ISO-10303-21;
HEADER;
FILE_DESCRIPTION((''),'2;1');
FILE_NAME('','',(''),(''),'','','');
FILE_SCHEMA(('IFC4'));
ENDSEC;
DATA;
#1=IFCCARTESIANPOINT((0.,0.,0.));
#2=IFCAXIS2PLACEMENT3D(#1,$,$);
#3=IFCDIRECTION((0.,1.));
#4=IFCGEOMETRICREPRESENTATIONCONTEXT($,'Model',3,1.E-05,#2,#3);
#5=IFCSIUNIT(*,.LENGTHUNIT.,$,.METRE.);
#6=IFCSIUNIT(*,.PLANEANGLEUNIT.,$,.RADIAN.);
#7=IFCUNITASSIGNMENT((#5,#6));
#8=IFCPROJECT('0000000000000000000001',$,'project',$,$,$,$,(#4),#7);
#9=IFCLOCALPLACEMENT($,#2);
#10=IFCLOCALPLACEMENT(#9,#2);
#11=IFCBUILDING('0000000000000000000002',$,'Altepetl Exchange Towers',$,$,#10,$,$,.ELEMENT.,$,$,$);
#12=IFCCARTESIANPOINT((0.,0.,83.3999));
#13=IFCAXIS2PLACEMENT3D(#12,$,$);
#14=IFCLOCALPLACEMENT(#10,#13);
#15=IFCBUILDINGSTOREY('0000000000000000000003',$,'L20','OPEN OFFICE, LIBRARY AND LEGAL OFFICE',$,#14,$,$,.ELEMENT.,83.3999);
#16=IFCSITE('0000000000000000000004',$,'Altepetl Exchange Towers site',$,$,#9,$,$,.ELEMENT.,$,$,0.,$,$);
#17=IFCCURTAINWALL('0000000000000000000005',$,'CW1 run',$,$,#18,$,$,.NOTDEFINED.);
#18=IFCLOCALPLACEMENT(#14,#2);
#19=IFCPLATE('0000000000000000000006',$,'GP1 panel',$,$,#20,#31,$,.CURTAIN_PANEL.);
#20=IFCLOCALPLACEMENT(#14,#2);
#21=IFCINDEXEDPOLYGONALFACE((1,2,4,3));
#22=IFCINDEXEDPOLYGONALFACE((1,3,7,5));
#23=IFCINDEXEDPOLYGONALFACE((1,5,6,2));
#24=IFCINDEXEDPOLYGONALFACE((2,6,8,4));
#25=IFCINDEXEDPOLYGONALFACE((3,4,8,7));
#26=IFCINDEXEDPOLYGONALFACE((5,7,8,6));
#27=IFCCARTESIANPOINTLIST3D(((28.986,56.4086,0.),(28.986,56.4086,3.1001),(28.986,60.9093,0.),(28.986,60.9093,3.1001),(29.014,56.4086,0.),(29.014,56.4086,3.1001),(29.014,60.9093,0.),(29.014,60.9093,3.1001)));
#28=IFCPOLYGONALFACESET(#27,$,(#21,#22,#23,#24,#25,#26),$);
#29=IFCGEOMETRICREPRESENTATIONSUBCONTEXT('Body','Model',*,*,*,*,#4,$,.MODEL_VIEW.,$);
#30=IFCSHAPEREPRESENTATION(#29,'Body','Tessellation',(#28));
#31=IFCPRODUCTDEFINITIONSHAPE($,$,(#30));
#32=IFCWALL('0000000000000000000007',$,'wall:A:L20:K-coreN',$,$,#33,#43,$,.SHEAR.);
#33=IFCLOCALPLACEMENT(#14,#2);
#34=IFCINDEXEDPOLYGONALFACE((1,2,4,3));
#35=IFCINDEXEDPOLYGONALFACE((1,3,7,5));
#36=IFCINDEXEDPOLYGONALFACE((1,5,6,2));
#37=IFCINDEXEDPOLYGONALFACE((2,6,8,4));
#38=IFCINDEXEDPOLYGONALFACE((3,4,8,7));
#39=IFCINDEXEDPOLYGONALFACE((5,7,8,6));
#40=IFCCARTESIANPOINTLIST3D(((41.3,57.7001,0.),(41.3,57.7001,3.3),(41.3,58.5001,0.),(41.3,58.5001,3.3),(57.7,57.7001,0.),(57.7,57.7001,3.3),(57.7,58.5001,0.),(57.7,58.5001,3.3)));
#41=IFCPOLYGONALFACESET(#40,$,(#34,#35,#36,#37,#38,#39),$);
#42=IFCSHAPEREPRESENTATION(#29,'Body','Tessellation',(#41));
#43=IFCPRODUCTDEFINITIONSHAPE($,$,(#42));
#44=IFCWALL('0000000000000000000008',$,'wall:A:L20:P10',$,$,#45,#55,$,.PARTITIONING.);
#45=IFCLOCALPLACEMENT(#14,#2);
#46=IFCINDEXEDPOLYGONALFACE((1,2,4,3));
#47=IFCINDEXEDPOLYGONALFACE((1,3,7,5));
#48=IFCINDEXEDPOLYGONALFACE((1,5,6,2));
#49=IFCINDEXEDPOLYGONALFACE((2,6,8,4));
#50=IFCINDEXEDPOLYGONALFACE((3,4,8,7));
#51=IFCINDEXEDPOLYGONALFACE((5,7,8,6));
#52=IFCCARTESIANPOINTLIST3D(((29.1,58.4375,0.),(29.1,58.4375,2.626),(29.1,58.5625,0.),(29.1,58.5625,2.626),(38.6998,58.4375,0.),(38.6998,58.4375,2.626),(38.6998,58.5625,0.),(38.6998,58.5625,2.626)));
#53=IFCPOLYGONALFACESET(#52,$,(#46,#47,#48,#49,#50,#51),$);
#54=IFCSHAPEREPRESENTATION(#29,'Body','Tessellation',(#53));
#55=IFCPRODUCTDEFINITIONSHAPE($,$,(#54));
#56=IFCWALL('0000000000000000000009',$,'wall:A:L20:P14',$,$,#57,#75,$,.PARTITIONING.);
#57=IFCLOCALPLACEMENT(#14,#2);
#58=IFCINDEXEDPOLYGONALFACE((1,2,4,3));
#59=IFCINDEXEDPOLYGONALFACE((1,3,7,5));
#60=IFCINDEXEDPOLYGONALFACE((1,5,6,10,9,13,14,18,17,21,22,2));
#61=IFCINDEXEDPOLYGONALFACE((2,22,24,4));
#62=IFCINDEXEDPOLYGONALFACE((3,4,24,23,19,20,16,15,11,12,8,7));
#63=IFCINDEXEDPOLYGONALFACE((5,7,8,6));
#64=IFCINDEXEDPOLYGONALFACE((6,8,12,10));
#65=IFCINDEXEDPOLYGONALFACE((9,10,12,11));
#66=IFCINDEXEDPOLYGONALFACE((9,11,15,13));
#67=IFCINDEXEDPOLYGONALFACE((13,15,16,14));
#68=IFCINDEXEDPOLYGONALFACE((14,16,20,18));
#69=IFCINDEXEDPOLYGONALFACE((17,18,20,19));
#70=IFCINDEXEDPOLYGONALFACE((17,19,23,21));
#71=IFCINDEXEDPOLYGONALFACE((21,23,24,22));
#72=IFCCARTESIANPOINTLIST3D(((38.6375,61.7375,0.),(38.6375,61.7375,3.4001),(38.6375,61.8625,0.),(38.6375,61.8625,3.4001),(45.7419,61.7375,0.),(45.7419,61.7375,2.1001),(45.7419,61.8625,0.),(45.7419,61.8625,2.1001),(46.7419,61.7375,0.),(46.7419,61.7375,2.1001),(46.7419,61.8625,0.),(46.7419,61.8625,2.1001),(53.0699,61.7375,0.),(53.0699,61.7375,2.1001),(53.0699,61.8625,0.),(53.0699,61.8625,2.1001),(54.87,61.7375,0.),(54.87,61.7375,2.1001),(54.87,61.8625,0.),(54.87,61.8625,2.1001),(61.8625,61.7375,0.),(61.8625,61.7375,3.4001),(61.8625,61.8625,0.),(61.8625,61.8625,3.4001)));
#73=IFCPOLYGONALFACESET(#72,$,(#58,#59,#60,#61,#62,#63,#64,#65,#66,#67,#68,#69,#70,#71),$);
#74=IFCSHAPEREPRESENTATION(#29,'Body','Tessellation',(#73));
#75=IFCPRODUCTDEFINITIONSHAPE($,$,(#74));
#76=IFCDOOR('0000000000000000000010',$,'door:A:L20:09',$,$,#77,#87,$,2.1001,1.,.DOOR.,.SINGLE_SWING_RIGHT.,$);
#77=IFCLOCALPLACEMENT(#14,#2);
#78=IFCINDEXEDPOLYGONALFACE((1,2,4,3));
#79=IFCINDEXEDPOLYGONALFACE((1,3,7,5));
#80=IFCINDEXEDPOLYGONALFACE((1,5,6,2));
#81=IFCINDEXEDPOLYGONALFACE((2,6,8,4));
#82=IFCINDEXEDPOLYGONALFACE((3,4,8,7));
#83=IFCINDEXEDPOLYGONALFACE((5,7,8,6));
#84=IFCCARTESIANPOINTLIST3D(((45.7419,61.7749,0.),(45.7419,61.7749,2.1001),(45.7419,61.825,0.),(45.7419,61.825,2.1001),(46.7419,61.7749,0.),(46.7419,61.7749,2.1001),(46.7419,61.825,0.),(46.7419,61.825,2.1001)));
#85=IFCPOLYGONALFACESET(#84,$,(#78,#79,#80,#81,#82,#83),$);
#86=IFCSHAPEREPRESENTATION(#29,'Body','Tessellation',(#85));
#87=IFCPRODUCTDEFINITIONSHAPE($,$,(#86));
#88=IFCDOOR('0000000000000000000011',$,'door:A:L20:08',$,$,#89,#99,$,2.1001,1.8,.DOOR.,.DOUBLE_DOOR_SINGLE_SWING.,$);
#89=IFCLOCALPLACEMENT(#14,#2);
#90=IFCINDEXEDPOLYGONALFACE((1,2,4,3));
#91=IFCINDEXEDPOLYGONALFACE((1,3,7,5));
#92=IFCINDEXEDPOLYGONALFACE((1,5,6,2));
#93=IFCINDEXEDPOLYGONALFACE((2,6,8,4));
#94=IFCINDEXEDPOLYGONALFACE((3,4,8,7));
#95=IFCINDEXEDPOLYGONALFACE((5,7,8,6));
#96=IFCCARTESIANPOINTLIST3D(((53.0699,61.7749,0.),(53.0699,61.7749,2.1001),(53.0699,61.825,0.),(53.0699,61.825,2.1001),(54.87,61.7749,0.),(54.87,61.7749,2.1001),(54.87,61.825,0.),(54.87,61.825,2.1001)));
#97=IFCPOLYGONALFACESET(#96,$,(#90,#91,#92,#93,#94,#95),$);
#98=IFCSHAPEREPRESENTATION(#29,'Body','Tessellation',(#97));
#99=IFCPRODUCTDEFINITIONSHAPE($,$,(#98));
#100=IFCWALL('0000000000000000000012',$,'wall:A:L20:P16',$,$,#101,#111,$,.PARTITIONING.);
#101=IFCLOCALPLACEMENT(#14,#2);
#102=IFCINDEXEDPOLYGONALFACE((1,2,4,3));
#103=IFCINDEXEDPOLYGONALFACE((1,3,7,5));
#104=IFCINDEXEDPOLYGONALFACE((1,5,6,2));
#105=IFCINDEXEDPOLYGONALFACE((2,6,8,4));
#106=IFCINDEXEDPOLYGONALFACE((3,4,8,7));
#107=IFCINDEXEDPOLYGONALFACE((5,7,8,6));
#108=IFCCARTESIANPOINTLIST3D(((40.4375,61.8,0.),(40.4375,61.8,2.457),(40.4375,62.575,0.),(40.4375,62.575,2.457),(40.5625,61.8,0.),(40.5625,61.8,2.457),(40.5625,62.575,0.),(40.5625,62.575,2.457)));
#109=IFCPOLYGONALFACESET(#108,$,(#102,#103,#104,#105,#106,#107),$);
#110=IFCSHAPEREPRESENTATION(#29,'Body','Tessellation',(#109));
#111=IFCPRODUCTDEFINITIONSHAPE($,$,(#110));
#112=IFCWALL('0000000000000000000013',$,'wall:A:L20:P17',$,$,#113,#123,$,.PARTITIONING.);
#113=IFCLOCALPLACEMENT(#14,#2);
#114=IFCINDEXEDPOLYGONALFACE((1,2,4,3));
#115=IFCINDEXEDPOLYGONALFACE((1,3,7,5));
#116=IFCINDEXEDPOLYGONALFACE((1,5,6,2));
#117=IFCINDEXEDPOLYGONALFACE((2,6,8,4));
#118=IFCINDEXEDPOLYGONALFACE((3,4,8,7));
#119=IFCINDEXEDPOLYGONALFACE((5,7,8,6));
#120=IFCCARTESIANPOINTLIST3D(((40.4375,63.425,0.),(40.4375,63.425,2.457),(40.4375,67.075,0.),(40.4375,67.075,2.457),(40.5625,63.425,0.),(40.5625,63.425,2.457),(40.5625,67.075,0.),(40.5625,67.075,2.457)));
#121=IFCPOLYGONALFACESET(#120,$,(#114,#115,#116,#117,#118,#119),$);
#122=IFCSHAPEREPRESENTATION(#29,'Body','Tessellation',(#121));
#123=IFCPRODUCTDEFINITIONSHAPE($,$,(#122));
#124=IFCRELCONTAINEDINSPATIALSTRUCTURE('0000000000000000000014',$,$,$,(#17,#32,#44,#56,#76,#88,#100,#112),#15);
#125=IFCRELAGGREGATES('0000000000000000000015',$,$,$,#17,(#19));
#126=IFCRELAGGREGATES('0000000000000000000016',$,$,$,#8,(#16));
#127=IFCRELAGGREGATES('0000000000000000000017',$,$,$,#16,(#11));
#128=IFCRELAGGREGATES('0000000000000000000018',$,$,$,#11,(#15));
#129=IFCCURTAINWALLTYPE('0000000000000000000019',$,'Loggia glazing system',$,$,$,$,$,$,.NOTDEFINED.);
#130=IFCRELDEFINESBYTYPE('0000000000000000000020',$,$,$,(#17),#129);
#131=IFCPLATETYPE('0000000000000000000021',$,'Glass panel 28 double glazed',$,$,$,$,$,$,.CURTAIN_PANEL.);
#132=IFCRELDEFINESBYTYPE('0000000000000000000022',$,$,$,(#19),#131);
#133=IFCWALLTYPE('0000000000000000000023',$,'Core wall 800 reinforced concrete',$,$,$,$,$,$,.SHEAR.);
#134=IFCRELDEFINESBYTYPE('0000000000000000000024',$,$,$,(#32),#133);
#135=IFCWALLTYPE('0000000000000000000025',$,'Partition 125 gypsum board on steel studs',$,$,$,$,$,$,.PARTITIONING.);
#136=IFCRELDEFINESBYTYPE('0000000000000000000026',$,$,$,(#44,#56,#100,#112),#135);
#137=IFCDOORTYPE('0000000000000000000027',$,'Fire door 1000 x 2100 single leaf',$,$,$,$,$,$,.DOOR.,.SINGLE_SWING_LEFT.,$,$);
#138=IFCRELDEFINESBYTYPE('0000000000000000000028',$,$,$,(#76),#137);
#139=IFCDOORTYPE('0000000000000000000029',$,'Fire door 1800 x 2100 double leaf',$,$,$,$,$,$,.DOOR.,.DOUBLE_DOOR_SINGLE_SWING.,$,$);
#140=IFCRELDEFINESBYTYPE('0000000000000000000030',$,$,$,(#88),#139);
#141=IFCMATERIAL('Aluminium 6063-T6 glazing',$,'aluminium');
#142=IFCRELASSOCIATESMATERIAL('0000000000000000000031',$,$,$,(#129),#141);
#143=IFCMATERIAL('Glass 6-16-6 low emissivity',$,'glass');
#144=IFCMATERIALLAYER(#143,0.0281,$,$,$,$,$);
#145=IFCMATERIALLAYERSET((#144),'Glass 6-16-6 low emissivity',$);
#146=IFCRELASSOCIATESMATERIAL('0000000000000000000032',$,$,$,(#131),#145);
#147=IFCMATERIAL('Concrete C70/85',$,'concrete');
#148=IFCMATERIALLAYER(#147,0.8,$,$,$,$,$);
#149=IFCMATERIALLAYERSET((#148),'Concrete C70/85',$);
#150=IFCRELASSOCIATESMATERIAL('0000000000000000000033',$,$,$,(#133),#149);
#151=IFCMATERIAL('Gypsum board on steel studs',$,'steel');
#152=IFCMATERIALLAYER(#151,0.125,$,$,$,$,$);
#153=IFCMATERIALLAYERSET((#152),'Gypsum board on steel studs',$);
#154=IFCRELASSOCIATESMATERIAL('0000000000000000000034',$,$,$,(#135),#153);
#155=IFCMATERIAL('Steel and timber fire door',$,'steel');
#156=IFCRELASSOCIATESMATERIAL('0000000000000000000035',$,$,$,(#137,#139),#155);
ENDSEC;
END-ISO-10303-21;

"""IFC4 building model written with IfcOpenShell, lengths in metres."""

from ifc_helpers import new_model, si_unit, direction, frame, frame_2d, origin, origin_2d, place, context, subcontext, project, spatial, rectangle, extrude, material, layer, layer_set, type_object, element, fill, aggregate, save


model = new_model("IFC4")

# Units and contexts
model_context = context("Model", 3, precision=1e-05, world=origin(), true_north=direction((0.0, 1.0)))
body_context = subcontext(model_context, "Body", "Model", "MODEL_VIEW")
ifc_project = project(units=[si_unit("LENGTHUNIT", "METRE"), si_unit("PLANEANGLEUNIT", "RADIAN")], contexts=[model_context])

# Site, building, storey
site_placement = place(None, origin())
site = spatial("IfcSite", under=ifc_project, at=site_placement, Name="Altepetl Exchange Towers site", CompositionType="ELEMENT", RefElevation=0.0)
building_placement = place(site_placement, origin())
building = spatial("IfcBuilding", under=site, at=building_placement, Name="Altepetl Exchange Towers", CompositionType="ELEMENT")
storey_placement = place(building_placement, frame((0.0, 0.0, 83.3999)))
storey = spatial("IfcBuildingStorey", under=building, at=storey_placement, Name="L20", Description="OPEN OFFICE, LIBRARY AND LEGAL OFFICE", CompositionType="ELEMENT", Elevation=83.3999)

# Shared definitions
ifc_material_1 = material(Name="Concrete C70/85", Category="concrete")

# Curtain wall
ifc_material_2 = material(Name="Aluminium 6063-T6 glazing", Category="aluminium")
curtain_wall_type = type_object("IfcCurtainWallType", Name="Loggia glazing system", PredefinedType="NOTDEFINED", material=ifc_material_2)
curtain_wall_placement = place(storey_placement, origin())
curtain_wall = element("IfcCurtainWall", 1, at=curtain_wall_placement, inside=storey, type_object=curtain_wall_type, Name="CW1 run", PredefinedType="NOTDEFINED")

# Plate
ifc_material_3 = material(Name="Glass 6-16-6 low emissivity", Category="glass")
ifc_layer_1 = layer(ifc_material_3, 0.0281)
ifc_layer_set_1 = layer_set([ifc_layer_1], Name="Glass 6-16-6 low emissivity")
plate_type = type_object("IfcPlateType", Name="Glass panel 28 double glazed", PredefinedType="CURTAIN_PANEL", material=ifc_layer_set_1)
plate_1_placement = place(storey_placement, frame((29.0, 58.6589, 0.0), z_axis=(0.0, 0.0, 1.0), x_axis=(0.0, -1.0, 0.0)))
plate_1 = element("IfcPlate", 2, at=plate_1_placement, type_object=plate_type, Name="GP1 panel", PredefinedType="CURTAIN_PANEL", context=body_context, shape_type="SweptSolid", body=[
    extrude(rectangle(XDim=4.5007, YDim=0.0281, at=origin_2d()), origin(), (0.0, 0.0, 1.0), 3.1001),
])
aggregate(curtain_wall, [plate_1])

# Walls
ifc_layer_2 = layer(ifc_material_1, 0.8)
ifc_layer_set_2 = layer_set([ifc_layer_2], Name="Concrete C70/85")
wall_type_1 = type_object("IfcWallType", Name="Core wall 800 reinforced concrete", PredefinedType="SHEAR", material=ifc_layer_set_2)
wall_1_placement = place(storey_placement, frame((41.3, 58.1001, 0.0)))
element("IfcWall", 3, at=wall_1_placement, inside=storey, type_object=wall_type_1, Name="wall:A:L20:K-coreN", PredefinedType="SHEAR", context=body_context, shape_type="SweptSolid", body=[
    extrude(rectangle(XDim=16.3999, YDim=0.8, at=frame_2d((8.2, 0.0))), origin(), (0.0, 0.0, 1.0), 3.3),
])
ifc_material_4 = material(Name="Gypsum board on steel studs", Category="steel")
ifc_layer_3 = layer(ifc_material_4, 0.125)
ifc_layer_set_3 = layer_set([ifc_layer_3], Name="Gypsum board on steel studs")
wall_type_2 = type_object("IfcWallType", Name="Partition 125 gypsum board on steel studs", PredefinedType="PARTITIONING", material=ifc_layer_set_3)
wall_2_placement = place(storey_placement, frame((29.1001, 58.5, 0.0)))
element("IfcWall", 4, at=wall_2_placement, inside=storey, type_object=wall_type_2, Name="wall:A:L20:P10", PredefinedType="PARTITIONING", context=body_context, shape_type="SweptSolid", body=[
    extrude(rectangle(XDim=9.5999, YDim=0.125, at=frame_2d((4.7998, 0.0))), origin(), (0.0, 0.0, 1.0), 2.626),
])

# Wall, openings, doors
wall_3_placement = place(storey_placement, frame((38.6375, 61.8, 0.0)))
wall_3 = element("IfcWall", 5, at=wall_3_placement, inside=storey, type_object=wall_type_2, Name="wall:A:L20:P14", PredefinedType="PARTITIONING", context=body_context, shape_type="SweptSolid", body=[
    extrude(rectangle(XDim=23.2251, YDim=0.125, at=frame_2d((11.6125, 0.0))), origin(), (0.0, 0.0, 1.0), 3.4001),
])
opening_1_placement = place(wall_3_placement, frame((14.4326, 0.0, 0.0)))
opening_1 = element("IfcOpeningElement", 6, at=opening_1_placement, cuts=wall_3, PredefinedType="OPENING", context=body_context, shape_type="SweptSolid", body=[
    extrude(rectangle(XDim=1.8, YDim=2.1001, at=frame_2d((0.8999, 1.05))), frame((0.0, 0.0725, 0.0), z_axis=(0.0, -1.0, 0.0), x_axis=(1.0, 0.0, 0.0)), (0.0, 0.0, 1.0), 0.145),
])
opening_2_placement = place(wall_3_placement, frame((7.1045, 0.0, 0.0)))
opening_2 = element("IfcOpeningElement", 7, at=opening_2_placement, cuts=wall_3, PredefinedType="OPENING", context=body_context, shape_type="SweptSolid", body=[
    extrude(rectangle(XDim=1.0, YDim=2.1001, at=frame_2d((0.5, 1.05))), frame((0.0, 0.0725, 0.0), z_axis=(0.0, -1.0, 0.0), x_axis=(1.0, 0.0, 0.0)), (0.0, 0.0, 1.0), 0.145),
])
ifc_material_5 = material(Name="Steel and timber fire door", Category="steel")
door_type_1 = type_object("IfcDoorType", Name="Fire door 1000 x 2100 single leaf", OperationType="SINGLE_SWING_LEFT", PredefinedType="DOOR", material=ifc_material_5)
door_1_placement = place(opening_2_placement, origin())
door_1 = element("IfcDoor", 8, at=door_1_placement, inside=storey, type_object=door_type_1, Name="door:A:L20:09", OperationType="SINGLE_SWING_RIGHT", OverallHeight=2.1001, OverallWidth=1.0, PredefinedType="DOOR", context=body_context, shape_type="SweptSolid", body=[
    extrude(rectangle(XDim=1.0, YDim=2.1001, at=frame_2d((0.5, 1.05))), frame((0.0, 0.0249, 0.0), z_axis=(0.0, -1.0, 0.0), x_axis=(1.0, 0.0, 0.0)), (0.0, 0.0, 1.0), 0.05),
])
fill(opening_2, door_1)
door_type_2 = type_object("IfcDoorType", Name="Fire door 1800 x 2100 double leaf", OperationType="DOUBLE_DOOR_SINGLE_SWING", PredefinedType="DOOR", material=ifc_material_5)
door_2_placement = place(opening_1_placement, origin())
door_2 = element("IfcDoor", 9, at=door_2_placement, inside=storey, type_object=door_type_2, Name="door:A:L20:08", OperationType="DOUBLE_DOOR_SINGLE_SWING", OverallHeight=2.1001, OverallWidth=1.8, PredefinedType="DOOR", context=body_context, shape_type="SweptSolid", body=[
    extrude(rectangle(XDim=1.8, YDim=2.1001, at=frame_2d((0.8999, 1.05))), frame((0.0, 0.0249, 0.0), z_axis=(0.0, -1.0, 0.0), x_axis=(1.0, 0.0, 0.0)), (0.0, 0.0, 1.0), 0.05),
])
fill(opening_1, door_2)

# Walls
wall_4_placement = place(storey_placement, frame((40.5, 61.8, 0.0), z_axis=(0.0, 0.0, 1.0), x_axis=(0.0, 1.0, 0.0)))
element("IfcWall", 10, at=wall_4_placement, inside=storey, type_object=wall_type_2, Name="wall:A:L20:P16", PredefinedType="PARTITIONING", context=body_context, shape_type="SweptSolid", body=[
    extrude(rectangle(XDim=0.7749, YDim=0.125, at=frame_2d((0.3875, 0.0))), origin(), (0.0, 0.0, 1.0), 2.457),
])
wall_5_placement = place(storey_placement, frame((40.5, 63.425, 0.0), z_axis=(0.0, 0.0, 1.0), x_axis=(0.0, 1.0, 0.0)))
element("IfcWall", 11, at=wall_5_placement, inside=storey, type_object=wall_type_2, Name="wall:A:L20:P17", PredefinedType="PARTITIONING", context=body_context, shape_type="SweptSolid", body=[
    extrude(rectangle(XDim=3.6499, YDim=0.125, at=frame_2d((1.825, 0.0))), origin(), (0.0, 0.0, 1.0), 2.457),
])

save(model, "model.ifc")
